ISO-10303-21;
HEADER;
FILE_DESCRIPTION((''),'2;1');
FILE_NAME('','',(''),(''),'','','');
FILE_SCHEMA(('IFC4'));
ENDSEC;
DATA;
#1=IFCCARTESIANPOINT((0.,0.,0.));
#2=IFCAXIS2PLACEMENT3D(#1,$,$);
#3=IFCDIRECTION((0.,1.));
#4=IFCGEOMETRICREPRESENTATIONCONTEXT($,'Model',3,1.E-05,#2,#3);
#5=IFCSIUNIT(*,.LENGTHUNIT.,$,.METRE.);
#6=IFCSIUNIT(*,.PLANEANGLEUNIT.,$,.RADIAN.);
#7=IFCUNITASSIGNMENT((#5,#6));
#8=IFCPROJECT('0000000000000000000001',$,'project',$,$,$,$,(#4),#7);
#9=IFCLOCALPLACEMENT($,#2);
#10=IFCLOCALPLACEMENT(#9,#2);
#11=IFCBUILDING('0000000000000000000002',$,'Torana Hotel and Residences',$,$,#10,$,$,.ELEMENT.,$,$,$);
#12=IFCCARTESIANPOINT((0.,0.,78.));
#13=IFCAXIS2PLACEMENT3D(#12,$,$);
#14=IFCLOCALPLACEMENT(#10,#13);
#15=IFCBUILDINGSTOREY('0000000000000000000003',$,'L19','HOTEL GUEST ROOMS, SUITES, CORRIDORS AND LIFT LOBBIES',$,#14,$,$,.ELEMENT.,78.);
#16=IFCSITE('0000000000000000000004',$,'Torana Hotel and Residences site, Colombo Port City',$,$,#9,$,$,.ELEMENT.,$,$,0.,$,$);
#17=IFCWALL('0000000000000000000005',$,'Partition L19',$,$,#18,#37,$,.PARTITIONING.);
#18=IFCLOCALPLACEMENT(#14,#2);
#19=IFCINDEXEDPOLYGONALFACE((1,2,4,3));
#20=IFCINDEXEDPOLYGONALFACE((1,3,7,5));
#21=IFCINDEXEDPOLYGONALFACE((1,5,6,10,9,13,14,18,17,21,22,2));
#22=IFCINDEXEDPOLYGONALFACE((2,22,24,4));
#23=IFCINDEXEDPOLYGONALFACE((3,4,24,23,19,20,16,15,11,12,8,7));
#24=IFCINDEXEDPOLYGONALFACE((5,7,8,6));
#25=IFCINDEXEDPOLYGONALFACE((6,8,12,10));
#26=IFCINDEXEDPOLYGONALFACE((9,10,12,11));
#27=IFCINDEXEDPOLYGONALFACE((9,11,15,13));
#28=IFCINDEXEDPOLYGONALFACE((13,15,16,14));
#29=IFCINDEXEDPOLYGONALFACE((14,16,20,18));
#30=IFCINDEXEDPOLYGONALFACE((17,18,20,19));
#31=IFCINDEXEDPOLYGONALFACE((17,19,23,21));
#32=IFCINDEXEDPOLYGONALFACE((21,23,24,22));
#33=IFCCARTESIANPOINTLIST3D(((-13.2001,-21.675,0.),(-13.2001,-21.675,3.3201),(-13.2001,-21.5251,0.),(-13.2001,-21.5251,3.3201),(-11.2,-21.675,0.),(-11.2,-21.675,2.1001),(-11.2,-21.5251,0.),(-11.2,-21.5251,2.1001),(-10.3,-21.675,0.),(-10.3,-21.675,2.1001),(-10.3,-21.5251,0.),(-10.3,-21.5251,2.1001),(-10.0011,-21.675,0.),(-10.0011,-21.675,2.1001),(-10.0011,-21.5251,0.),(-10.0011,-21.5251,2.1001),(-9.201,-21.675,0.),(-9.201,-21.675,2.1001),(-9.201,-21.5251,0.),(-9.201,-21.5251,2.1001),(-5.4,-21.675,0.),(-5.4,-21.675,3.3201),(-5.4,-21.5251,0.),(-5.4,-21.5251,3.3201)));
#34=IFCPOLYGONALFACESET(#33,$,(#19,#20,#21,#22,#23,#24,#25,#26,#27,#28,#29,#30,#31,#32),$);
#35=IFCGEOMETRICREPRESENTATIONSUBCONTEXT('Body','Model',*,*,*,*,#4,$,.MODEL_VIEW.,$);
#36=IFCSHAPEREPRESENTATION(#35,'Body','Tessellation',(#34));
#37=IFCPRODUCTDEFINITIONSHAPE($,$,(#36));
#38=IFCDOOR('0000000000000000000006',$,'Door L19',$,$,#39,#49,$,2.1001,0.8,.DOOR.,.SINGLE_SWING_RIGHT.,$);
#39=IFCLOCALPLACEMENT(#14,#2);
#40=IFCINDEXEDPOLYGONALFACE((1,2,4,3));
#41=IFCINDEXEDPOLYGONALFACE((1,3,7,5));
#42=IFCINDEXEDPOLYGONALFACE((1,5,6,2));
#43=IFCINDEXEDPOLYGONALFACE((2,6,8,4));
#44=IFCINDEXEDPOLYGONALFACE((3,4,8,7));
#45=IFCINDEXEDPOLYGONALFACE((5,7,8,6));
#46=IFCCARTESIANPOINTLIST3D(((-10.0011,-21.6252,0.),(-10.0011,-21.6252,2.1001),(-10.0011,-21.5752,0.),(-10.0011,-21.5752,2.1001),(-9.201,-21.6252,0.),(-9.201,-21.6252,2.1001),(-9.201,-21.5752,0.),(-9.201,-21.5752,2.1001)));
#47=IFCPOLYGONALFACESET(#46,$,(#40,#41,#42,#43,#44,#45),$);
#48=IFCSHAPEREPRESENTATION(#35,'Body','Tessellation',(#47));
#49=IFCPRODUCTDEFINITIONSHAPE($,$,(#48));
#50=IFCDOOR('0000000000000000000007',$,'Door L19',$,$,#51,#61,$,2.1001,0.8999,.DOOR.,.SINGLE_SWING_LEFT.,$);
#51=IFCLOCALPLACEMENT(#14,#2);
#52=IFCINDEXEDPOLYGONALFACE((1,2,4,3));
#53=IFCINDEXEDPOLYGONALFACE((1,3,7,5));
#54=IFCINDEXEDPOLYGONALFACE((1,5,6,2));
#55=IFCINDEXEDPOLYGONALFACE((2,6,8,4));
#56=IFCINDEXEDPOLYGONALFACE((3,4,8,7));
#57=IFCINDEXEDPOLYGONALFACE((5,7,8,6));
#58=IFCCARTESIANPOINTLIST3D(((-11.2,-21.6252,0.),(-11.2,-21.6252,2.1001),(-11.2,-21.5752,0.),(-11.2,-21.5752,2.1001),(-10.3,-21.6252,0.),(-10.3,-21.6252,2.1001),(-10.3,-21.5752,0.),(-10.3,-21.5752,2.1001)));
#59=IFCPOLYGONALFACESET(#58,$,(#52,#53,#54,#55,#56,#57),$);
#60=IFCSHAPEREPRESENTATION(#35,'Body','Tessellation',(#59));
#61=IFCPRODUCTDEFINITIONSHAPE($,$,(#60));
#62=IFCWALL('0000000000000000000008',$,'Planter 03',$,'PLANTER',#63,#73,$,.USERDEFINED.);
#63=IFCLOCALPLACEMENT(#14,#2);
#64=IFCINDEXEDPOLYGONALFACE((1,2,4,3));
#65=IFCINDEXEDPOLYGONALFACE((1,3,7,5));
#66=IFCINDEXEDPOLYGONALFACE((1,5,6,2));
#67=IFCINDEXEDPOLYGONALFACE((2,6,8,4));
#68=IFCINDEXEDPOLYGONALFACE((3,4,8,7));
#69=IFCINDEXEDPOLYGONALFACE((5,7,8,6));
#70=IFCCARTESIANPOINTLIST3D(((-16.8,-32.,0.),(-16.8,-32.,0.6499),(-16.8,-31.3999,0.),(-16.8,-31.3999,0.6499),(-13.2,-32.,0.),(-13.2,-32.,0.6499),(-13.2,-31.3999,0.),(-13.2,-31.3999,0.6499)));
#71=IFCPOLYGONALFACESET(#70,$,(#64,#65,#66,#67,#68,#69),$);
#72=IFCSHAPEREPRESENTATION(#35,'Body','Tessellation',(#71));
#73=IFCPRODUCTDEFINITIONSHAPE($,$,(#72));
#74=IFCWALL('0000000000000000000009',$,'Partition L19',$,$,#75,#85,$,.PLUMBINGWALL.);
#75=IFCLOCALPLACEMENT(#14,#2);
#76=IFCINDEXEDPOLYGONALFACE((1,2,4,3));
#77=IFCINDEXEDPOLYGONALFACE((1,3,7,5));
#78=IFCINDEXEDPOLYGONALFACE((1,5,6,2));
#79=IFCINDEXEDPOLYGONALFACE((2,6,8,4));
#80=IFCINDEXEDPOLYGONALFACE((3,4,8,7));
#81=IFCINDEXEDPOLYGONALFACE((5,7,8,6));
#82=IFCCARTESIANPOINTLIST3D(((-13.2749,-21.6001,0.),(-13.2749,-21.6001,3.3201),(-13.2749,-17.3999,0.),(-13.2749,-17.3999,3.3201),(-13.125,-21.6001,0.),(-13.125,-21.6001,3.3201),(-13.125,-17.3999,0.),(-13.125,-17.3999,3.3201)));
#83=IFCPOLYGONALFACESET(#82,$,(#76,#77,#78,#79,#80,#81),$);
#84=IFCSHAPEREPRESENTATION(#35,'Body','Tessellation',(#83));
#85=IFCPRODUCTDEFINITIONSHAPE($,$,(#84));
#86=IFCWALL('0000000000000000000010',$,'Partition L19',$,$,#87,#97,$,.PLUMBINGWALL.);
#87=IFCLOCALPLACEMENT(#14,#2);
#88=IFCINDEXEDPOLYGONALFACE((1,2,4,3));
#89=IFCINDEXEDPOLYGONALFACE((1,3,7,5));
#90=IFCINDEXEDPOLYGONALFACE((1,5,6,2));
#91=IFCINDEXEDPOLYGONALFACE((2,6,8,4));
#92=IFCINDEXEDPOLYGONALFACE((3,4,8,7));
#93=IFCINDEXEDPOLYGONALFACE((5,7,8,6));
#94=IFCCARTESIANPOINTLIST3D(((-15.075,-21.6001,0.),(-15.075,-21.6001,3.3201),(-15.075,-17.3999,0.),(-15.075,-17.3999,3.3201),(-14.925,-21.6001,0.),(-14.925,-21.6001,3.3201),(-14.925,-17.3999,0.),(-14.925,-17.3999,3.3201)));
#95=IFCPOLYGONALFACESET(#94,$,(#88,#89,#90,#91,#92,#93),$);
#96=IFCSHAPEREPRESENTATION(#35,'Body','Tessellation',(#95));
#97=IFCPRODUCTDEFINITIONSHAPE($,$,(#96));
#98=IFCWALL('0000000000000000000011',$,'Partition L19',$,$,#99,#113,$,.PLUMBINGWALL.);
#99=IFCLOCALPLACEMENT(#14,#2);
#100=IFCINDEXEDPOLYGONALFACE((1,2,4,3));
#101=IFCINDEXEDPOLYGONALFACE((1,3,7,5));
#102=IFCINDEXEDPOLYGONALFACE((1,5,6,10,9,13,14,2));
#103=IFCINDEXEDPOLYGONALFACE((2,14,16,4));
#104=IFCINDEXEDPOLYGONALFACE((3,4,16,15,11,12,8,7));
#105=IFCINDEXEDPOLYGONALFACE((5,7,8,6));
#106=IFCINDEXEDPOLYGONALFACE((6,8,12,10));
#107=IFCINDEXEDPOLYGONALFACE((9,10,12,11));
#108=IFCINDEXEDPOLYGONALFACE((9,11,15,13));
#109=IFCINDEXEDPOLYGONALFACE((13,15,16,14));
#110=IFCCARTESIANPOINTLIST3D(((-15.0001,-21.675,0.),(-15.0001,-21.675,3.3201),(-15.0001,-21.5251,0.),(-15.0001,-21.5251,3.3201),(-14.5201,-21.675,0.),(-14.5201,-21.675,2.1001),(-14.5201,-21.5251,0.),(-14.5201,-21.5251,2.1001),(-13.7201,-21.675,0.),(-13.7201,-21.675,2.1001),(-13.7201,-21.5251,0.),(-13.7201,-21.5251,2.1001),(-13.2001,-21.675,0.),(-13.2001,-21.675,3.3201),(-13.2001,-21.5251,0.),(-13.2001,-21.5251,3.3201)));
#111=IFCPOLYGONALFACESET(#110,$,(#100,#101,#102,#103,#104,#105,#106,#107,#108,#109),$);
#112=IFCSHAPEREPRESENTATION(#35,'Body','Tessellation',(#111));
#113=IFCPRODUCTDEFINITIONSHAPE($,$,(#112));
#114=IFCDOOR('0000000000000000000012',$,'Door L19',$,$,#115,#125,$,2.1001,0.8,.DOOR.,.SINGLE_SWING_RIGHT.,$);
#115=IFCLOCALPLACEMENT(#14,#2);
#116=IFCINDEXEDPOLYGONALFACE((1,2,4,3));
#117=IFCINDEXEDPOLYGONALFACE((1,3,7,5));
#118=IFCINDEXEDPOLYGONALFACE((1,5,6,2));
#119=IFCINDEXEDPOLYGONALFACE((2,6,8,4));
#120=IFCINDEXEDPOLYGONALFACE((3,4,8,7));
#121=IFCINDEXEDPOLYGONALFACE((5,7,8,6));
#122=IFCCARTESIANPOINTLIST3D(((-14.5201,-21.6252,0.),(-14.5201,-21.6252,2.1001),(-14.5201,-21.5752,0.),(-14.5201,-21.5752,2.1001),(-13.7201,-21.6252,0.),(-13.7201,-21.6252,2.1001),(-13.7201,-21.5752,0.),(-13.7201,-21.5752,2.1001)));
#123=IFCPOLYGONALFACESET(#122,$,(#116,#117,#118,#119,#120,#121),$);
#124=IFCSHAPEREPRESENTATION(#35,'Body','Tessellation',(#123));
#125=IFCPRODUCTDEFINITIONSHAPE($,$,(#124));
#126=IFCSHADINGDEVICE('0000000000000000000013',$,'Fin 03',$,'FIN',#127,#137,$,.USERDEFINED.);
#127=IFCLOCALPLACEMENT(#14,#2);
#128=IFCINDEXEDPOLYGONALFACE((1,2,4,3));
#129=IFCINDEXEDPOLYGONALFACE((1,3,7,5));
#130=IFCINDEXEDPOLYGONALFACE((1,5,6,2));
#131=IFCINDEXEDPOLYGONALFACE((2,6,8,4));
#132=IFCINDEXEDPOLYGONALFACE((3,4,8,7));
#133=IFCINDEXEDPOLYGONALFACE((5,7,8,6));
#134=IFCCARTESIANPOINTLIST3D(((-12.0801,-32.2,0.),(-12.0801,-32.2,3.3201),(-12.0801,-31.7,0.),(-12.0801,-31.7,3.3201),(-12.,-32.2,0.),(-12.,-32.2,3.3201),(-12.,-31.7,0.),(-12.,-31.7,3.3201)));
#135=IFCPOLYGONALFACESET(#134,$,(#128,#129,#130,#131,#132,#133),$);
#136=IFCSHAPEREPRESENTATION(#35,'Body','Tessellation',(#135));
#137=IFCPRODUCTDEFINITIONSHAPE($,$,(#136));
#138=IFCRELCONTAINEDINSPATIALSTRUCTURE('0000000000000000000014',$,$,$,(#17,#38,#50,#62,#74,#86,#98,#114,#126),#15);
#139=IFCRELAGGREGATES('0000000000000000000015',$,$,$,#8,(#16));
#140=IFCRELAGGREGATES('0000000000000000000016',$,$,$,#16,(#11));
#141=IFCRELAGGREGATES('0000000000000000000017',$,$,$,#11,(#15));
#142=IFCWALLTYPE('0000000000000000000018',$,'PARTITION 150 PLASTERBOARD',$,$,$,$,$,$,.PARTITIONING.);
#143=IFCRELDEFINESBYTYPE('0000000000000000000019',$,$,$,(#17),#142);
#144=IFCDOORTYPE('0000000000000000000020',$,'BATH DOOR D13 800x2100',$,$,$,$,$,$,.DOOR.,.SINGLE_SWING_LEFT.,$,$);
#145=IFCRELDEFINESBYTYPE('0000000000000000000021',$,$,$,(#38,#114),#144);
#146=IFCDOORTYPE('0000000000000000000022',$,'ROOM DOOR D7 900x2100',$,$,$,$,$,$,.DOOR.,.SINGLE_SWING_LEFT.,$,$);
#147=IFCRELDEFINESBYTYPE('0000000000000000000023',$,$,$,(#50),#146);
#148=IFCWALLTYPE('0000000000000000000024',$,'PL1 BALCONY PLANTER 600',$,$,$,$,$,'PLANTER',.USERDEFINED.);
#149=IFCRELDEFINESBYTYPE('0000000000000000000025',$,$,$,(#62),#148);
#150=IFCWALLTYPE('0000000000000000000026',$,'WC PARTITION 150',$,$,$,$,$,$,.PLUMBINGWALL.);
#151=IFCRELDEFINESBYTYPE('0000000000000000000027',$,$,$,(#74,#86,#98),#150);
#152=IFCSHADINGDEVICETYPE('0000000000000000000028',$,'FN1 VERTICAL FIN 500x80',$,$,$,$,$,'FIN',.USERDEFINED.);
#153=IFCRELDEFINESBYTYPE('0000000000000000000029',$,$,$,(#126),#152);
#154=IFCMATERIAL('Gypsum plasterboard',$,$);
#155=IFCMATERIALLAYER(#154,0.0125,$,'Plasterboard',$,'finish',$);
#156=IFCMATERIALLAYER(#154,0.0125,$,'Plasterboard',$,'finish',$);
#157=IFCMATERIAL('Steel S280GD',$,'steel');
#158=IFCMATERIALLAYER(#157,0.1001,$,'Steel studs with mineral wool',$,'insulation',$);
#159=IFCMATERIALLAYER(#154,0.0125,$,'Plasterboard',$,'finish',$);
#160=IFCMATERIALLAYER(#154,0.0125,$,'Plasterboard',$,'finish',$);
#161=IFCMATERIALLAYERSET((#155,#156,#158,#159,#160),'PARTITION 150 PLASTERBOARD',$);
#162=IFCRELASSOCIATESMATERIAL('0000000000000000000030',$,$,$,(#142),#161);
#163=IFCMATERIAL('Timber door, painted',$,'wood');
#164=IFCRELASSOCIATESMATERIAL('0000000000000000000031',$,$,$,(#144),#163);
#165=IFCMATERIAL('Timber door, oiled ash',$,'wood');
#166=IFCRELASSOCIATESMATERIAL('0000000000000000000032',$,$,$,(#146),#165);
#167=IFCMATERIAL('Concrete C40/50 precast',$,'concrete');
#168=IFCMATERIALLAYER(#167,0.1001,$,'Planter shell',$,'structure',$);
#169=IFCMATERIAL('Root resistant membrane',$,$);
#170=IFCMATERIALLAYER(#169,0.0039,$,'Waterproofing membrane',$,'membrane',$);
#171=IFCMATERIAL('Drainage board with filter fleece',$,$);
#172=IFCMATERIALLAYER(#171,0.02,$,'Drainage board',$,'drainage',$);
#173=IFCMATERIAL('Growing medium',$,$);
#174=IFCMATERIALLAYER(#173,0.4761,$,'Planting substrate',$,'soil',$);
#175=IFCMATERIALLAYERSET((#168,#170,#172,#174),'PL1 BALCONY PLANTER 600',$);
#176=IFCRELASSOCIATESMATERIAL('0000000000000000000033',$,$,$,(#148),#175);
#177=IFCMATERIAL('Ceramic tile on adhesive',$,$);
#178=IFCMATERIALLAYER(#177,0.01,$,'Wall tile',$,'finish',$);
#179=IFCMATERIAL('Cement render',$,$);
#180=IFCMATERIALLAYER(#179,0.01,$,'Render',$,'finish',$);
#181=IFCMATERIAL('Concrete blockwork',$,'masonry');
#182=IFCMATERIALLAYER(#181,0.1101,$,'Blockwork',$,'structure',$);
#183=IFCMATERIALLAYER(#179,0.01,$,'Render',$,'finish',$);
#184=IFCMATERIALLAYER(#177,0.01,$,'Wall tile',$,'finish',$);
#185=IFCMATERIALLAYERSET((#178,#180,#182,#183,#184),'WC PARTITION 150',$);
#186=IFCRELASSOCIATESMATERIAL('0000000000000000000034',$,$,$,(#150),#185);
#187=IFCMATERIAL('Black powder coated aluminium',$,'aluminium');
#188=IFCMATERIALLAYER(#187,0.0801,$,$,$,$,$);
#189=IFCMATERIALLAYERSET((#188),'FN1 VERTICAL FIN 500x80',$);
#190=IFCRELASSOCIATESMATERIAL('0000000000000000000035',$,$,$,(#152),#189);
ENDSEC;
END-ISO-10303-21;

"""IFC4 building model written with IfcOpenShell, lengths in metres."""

from ifc_helpers import new_model, si_unit, direction, frame, frame_2d, origin, origin_2d, place, context, subcontext, project, spatial, rectangle, extrude, material, layer, layer_set, type_object, element, fill, save


model = new_model("IFC4")

# Units and contexts
model_context = context("Model", 3, precision=1e-05, world=origin(), true_north=direction((0.0, 1.0)))
body_context = subcontext(model_context, "Body", "Model", "MODEL_VIEW")
ifc_project = project(units=[si_unit("LENGTHUNIT", "METRE"), si_unit("PLANEANGLEUNIT", "RADIAN")], contexts=[model_context])

# Site, building, storey
site_placement = place(None, origin())
site = spatial("IfcSite", under=ifc_project, at=site_placement, Name="Torana Hotel and Residences site, Colombo Port City", CompositionType="ELEMENT", RefElevation=0.0)
building_placement = place(site_placement, origin())
building = spatial("IfcBuilding", under=site, at=building_placement, Name="Torana Hotel and Residences", CompositionType="ELEMENT")
storey_placement = place(building_placement, frame((0.0, 0.0, 78.0)))
storey = spatial("IfcBuildingStorey", under=building, at=storey_placement, Name="L19", Description="HOTEL GUEST ROOMS, SUITES, CORRIDORS AND LIFT LOBBIES", CompositionType="ELEMENT", Elevation=78.0)

# Shared definitions
ifc_material_1 = material(Name="Gypsum plasterboard")
ifc_layer_1 = layer(ifc_material_1, 0.0125, Name="Plasterboard", Category="finish")
ifc_layer_2 = layer(ifc_material_1, 0.0125, Name="Plasterboard", Category="finish")
ifc_material_2 = material(Name="Steel S280GD", Category="steel")
ifc_layer_3 = layer(ifc_material_2, 0.1001, Name="Steel studs with mineral wool", Category="insulation")
ifc_layer_4 = layer(ifc_material_1, 0.0125, Name="Plasterboard", Category="finish")
ifc_layer_5 = layer(ifc_material_1, 0.0125, Name="Plasterboard", Category="finish")
ifc_layer_set_1 = layer_set([ifc_layer_1, ifc_layer_2, ifc_layer_3, ifc_layer_4, ifc_layer_5], Name="PARTITION 150 PLASTERBOARD")
wall_type_1 = type_object("IfcWallType", Name="PARTITION 150 PLASTERBOARD", PredefinedType="PARTITIONING", material=ifc_layer_set_1)

# Shared definitions
ifc_material_3 = material(Name="Timber door, painted", Category="wood")
door_type_1 = type_object("IfcDoorType", Name="BATH DOOR D13 800x2100", OperationType="SINGLE_SWING_LEFT", PredefinedType="DOOR", material=ifc_material_3)

# Wall, openings, doors
wall_1_placement = place(storey_placement, frame((-13.2, -21.6001, 0.0), z_axis=(0.0, 0.0, 1.0), x_axis=(1.0, 0.0, 0.0)))
wall_1 = element("IfcWall", 1, at=wall_1_placement, inside=storey, type_object=wall_type_1, Name="Partition L19", PredefinedType="PARTITIONING", context=body_context, shape_type="SweptSolid", body=[
    extrude(rectangle(XDim=7.8, YDim=0.1499, at=frame_2d((3.8999, 0.0))), origin(), (0.0, 0.0, 1.0), 3.3201),
])
opening_1_placement = place(wall_1_placement, frame((2.0, 0.0, 0.0)))
opening_1 = element("IfcOpeningElement", 2, at=opening_1_placement, cuts=wall_1, PredefinedType="OPENING", context=body_context, shape_type="SweptSolid", body=[
    extrude(rectangle(XDim=0.8999, YDim=2.1001, at=frame_2d((0.45, 1.05))), frame((0.0, 0.085, 0.0), z_axis=(0.0, -1.0, 0.0), x_axis=(1.0, 0.0, 0.0)), (0.0, 0.0, 1.0), 0.1699),
])
opening_2_placement = place(wall_1_placement, frame((3.199, 0.0, 0.0)))
opening_2 = element("IfcOpeningElement", 3, at=opening_2_placement, cuts=wall_1, PredefinedType="OPENING", context=body_context, shape_type="SweptSolid", body=[
    extrude(rectangle(XDim=0.8, YDim=2.1001, at=frame_2d((0.3999, 1.05))), frame((0.0, 0.085, 0.0), z_axis=(0.0, -1.0, 0.0), x_axis=(1.0, 0.0, 0.0)), (0.0, 0.0, 1.0), 0.1699),
])
door_1_placement = place(opening_2_placement, origin())
door_1 = element("IfcDoor", 4, at=door_1_placement, inside=storey, type_object=door_type_1, Name="Door L19", OperationType="SINGLE_SWING_RIGHT", OverallHeight=2.1001, OverallWidth=0.8, PredefinedType="DOOR", context=body_context, shape_type="SweptSolid", body=[
    extrude(rectangle(XDim=0.8, YDim=2.1001, at=frame_2d((0.3999, 1.05))), frame((0.0, 0.0249, 0.0), z_axis=(0.0, -1.0, 0.0), x_axis=(1.0, 0.0, 0.0)), (0.0, 0.0, 1.0), 0.05),
])
fill(opening_2, door_1)
ifc_material_4 = material(Name="Timber door, oiled ash", Category="wood")
door_type_2 = type_object("IfcDoorType", Name="ROOM DOOR D7 900x2100", OperationType="SINGLE_SWING_LEFT", PredefinedType="DOOR", material=ifc_material_4)
door_2_placement = place(opening_1_placement, frame((0.45, 0.0, 0.0), z_axis=(0.0, 0.0, 1.0), x_axis=(-1.0, 0.0, 0.0)))
door_2 = element("IfcDoor", 5, at=door_2_placement, inside=storey, type_object=door_type_2, Name="Door L19", OperationType="SINGLE_SWING_LEFT", OverallHeight=2.1001, OverallWidth=0.8999, PredefinedType="DOOR", context=body_context, shape_type="SweptSolid", body=[
    extrude(rectangle(XDim=0.8999, YDim=2.1001, at=frame_2d((0.0, 1.05))), frame((0.0, -0.0249, 0.0), z_axis=(0.0, 1.0, 0.0), x_axis=(-1.0, 0.0, 0.0)), (0.0, 0.0, 1.0), 0.05),
])
fill(opening_1, door_2)

# Walls
ifc_material_5 = material(Name="Concrete C40/50 precast", Category="concrete")
ifc_layer_6 = layer(ifc_material_5, 0.1001, Name="Planter shell", Category="structure")
ifc_material_6 = material(Name="Root resistant membrane")
ifc_layer_7 = layer(ifc_material_6, 0.0039, Name="Waterproofing membrane", Category="membrane")
ifc_material_7 = material(Name="Drainage board with filter fleece")
ifc_layer_8 = layer(ifc_material_7, 0.02, Name="Drainage board", Category="drainage")
ifc_material_8 = material(Name="Growing medium")
ifc_layer_9 = layer(ifc_material_8, 0.4761, Name="Planting substrate", Category="soil")
ifc_layer_set_2 = layer_set([ifc_layer_6, ifc_layer_7, ifc_layer_8, ifc_layer_9], Name="PL1 BALCONY PLANTER 600")
wall_type_2 = type_object("IfcWallType", Name="PL1 BALCONY PLANTER 600", ElementType="PLANTER", PredefinedType="USERDEFINED", material=ifc_layer_set_2)
wall_2_placement = place(storey_placement, frame((-13.2, -31.7, 0.0), z_axis=(0.0, 0.0, 1.0), x_axis=(-1.0, 0.0, 0.0)))
element("IfcWall", 6, at=wall_2_placement, inside=storey, type_object=wall_type_2, Name="Planter 03", ObjectType="PLANTER", PredefinedType="USERDEFINED", context=body_context, shape_type="SweptSolid", body=[
    extrude(rectangle(XDim=3.6001, YDim=0.6001, at=frame_2d((1.8, 0.0))), origin(), (0.0, 0.0, 1.0), 0.6499),
])
ifc_material_9 = material(Name="Ceramic tile on adhesive")
ifc_layer_10 = layer(ifc_material_9, 0.01, Name="Wall tile", Category="finish")
ifc_material_10 = material(Name="Cement render")
ifc_layer_11 = layer(ifc_material_10, 0.01, Name="Render", Category="finish")
ifc_material_11 = material(Name="Concrete blockwork", Category="masonry")
ifc_layer_12 = layer(ifc_material_11, 0.1101, Name="Blockwork", Category="structure")
ifc_layer_13 = layer(ifc_material_10, 0.01, Name="Render", Category="finish")
ifc_layer_14 = layer(ifc_material_9, 0.01, Name="Wall tile", Category="finish")
ifc_layer_set_3 = layer_set([ifc_layer_10, ifc_layer_11, ifc_layer_12, ifc_layer_13, ifc_layer_14], Name="WC PARTITION 150")
wall_type_3 = type_object("IfcWallType", Name="WC PARTITION 150", PredefinedType="PLUMBINGWALL", material=ifc_layer_set_3)
for number, where, z_axis, x_axis, name in (
    (7, (-13.2, -21.6001, 0.0), (0.0, 0.0, 1.0), (0.0, 1.0, 0.0), "Partition L19"),
    (8, (-15.0, -21.6001, 0.0), (0.0, 0.0, 1.0), (0.0, 1.0, 0.0), "Partition L19"),
):
    element("IfcWall", number, at=place(storey_placement, frame(where, z_axis=z_axis, x_axis=x_axis)), inside=storey, type_object=wall_type_3, Name=name, PredefinedType="PLUMBINGWALL", context=body_context, shape_type="SweptSolid", body=[
        extrude(rectangle(XDim=4.2002, YDim=0.1499, at=frame_2d((2.1001, 0.0))), origin(), (0.0, 0.0, 1.0), 3.3201),
    ])

# Wall, opening, door
wall_3_placement = place(storey_placement, frame((-15.0, -21.6001, 0.0), z_axis=(0.0, 0.0, 1.0), x_axis=(1.0, 0.0, 0.0)))
wall_3 = element("IfcWall", 9, at=wall_3_placement, inside=storey, type_object=wall_type_3, Name="Partition L19", PredefinedType="PLUMBINGWALL", context=body_context, shape_type="SweptSolid", body=[
    extrude(rectangle(XDim=1.8, YDim=0.1499, at=frame_2d((0.8999, 0.0))), origin(), (0.0, 0.0, 1.0), 3.3201),
])
opening_3_placement = place(wall_3_placement, frame((0.48, 0.0, 0.0)))
opening_3 = element("IfcOpeningElement", 10, at=opening_3_placement, cuts=wall_3, PredefinedType="OPENING", context=body_context, shape_type="SweptSolid", body=[
    extrude(rectangle(XDim=0.8, YDim=2.1001, at=frame_2d((0.3999, 1.05))), frame((0.0, 0.085, 0.0), z_axis=(0.0, -1.0, 0.0), x_axis=(1.0, 0.0, 0.0)), (0.0, 0.0, 1.0), 0.1699),
])
door_3_placement = place(opening_3_placement, origin())
door_3 = element("IfcDoor", 11, at=door_3_placement, inside=storey, type_object=door_type_1, Name="Door L19", OperationType="SINGLE_SWING_RIGHT", OverallHeight=2.1001, OverallWidth=0.8, PredefinedType="DOOR", context=body_context, shape_type="SweptSolid", body=[
    extrude(rectangle(XDim=0.8, YDim=2.1001, at=frame_2d((0.3999, 1.05))), frame((0.0, 0.0249, 0.0), z_axis=(0.0, -1.0, 0.0), x_axis=(1.0, 0.0, 0.0)), (0.0, 0.0, 1.0), 0.05),
])
fill(opening_3, door_3)

# Shading device
ifc_material_12 = material(Name="Black powder coated aluminium", Category="aluminium")
ifc_layer_15 = layer(ifc_material_12, 0.0801)
ifc_layer_set_4 = layer_set([ifc_layer_15], Name="FN1 VERTICAL FIN 500x80")
shading_device_type = type_object("IfcShadingDeviceType", Name="FN1 VERTICAL FIN 500x80", ElementType="FIN", PredefinedType="USERDEFINED", material=ifc_layer_set_4)
shading_device_placement = place(storey_placement, frame((-12.04, -31.95, 0.0), z_axis=(0.0, 0.0, 1.0), x_axis=(-1.0, 0.0, 0.0)))
element("IfcShadingDevice", 12, at=shading_device_placement, inside=storey, type_object=shading_device_type, Name="Fin 03", ObjectType="FIN", PredefinedType="USERDEFINED", context=body_context, shape_type="SweptSolid", body=[
    extrude(rectangle(XDim=0.0801, YDim=0.5, at=origin_2d()), origin(), (0.0, 0.0, 1.0), 3.3201),
])

save(model, "model.ifc")
